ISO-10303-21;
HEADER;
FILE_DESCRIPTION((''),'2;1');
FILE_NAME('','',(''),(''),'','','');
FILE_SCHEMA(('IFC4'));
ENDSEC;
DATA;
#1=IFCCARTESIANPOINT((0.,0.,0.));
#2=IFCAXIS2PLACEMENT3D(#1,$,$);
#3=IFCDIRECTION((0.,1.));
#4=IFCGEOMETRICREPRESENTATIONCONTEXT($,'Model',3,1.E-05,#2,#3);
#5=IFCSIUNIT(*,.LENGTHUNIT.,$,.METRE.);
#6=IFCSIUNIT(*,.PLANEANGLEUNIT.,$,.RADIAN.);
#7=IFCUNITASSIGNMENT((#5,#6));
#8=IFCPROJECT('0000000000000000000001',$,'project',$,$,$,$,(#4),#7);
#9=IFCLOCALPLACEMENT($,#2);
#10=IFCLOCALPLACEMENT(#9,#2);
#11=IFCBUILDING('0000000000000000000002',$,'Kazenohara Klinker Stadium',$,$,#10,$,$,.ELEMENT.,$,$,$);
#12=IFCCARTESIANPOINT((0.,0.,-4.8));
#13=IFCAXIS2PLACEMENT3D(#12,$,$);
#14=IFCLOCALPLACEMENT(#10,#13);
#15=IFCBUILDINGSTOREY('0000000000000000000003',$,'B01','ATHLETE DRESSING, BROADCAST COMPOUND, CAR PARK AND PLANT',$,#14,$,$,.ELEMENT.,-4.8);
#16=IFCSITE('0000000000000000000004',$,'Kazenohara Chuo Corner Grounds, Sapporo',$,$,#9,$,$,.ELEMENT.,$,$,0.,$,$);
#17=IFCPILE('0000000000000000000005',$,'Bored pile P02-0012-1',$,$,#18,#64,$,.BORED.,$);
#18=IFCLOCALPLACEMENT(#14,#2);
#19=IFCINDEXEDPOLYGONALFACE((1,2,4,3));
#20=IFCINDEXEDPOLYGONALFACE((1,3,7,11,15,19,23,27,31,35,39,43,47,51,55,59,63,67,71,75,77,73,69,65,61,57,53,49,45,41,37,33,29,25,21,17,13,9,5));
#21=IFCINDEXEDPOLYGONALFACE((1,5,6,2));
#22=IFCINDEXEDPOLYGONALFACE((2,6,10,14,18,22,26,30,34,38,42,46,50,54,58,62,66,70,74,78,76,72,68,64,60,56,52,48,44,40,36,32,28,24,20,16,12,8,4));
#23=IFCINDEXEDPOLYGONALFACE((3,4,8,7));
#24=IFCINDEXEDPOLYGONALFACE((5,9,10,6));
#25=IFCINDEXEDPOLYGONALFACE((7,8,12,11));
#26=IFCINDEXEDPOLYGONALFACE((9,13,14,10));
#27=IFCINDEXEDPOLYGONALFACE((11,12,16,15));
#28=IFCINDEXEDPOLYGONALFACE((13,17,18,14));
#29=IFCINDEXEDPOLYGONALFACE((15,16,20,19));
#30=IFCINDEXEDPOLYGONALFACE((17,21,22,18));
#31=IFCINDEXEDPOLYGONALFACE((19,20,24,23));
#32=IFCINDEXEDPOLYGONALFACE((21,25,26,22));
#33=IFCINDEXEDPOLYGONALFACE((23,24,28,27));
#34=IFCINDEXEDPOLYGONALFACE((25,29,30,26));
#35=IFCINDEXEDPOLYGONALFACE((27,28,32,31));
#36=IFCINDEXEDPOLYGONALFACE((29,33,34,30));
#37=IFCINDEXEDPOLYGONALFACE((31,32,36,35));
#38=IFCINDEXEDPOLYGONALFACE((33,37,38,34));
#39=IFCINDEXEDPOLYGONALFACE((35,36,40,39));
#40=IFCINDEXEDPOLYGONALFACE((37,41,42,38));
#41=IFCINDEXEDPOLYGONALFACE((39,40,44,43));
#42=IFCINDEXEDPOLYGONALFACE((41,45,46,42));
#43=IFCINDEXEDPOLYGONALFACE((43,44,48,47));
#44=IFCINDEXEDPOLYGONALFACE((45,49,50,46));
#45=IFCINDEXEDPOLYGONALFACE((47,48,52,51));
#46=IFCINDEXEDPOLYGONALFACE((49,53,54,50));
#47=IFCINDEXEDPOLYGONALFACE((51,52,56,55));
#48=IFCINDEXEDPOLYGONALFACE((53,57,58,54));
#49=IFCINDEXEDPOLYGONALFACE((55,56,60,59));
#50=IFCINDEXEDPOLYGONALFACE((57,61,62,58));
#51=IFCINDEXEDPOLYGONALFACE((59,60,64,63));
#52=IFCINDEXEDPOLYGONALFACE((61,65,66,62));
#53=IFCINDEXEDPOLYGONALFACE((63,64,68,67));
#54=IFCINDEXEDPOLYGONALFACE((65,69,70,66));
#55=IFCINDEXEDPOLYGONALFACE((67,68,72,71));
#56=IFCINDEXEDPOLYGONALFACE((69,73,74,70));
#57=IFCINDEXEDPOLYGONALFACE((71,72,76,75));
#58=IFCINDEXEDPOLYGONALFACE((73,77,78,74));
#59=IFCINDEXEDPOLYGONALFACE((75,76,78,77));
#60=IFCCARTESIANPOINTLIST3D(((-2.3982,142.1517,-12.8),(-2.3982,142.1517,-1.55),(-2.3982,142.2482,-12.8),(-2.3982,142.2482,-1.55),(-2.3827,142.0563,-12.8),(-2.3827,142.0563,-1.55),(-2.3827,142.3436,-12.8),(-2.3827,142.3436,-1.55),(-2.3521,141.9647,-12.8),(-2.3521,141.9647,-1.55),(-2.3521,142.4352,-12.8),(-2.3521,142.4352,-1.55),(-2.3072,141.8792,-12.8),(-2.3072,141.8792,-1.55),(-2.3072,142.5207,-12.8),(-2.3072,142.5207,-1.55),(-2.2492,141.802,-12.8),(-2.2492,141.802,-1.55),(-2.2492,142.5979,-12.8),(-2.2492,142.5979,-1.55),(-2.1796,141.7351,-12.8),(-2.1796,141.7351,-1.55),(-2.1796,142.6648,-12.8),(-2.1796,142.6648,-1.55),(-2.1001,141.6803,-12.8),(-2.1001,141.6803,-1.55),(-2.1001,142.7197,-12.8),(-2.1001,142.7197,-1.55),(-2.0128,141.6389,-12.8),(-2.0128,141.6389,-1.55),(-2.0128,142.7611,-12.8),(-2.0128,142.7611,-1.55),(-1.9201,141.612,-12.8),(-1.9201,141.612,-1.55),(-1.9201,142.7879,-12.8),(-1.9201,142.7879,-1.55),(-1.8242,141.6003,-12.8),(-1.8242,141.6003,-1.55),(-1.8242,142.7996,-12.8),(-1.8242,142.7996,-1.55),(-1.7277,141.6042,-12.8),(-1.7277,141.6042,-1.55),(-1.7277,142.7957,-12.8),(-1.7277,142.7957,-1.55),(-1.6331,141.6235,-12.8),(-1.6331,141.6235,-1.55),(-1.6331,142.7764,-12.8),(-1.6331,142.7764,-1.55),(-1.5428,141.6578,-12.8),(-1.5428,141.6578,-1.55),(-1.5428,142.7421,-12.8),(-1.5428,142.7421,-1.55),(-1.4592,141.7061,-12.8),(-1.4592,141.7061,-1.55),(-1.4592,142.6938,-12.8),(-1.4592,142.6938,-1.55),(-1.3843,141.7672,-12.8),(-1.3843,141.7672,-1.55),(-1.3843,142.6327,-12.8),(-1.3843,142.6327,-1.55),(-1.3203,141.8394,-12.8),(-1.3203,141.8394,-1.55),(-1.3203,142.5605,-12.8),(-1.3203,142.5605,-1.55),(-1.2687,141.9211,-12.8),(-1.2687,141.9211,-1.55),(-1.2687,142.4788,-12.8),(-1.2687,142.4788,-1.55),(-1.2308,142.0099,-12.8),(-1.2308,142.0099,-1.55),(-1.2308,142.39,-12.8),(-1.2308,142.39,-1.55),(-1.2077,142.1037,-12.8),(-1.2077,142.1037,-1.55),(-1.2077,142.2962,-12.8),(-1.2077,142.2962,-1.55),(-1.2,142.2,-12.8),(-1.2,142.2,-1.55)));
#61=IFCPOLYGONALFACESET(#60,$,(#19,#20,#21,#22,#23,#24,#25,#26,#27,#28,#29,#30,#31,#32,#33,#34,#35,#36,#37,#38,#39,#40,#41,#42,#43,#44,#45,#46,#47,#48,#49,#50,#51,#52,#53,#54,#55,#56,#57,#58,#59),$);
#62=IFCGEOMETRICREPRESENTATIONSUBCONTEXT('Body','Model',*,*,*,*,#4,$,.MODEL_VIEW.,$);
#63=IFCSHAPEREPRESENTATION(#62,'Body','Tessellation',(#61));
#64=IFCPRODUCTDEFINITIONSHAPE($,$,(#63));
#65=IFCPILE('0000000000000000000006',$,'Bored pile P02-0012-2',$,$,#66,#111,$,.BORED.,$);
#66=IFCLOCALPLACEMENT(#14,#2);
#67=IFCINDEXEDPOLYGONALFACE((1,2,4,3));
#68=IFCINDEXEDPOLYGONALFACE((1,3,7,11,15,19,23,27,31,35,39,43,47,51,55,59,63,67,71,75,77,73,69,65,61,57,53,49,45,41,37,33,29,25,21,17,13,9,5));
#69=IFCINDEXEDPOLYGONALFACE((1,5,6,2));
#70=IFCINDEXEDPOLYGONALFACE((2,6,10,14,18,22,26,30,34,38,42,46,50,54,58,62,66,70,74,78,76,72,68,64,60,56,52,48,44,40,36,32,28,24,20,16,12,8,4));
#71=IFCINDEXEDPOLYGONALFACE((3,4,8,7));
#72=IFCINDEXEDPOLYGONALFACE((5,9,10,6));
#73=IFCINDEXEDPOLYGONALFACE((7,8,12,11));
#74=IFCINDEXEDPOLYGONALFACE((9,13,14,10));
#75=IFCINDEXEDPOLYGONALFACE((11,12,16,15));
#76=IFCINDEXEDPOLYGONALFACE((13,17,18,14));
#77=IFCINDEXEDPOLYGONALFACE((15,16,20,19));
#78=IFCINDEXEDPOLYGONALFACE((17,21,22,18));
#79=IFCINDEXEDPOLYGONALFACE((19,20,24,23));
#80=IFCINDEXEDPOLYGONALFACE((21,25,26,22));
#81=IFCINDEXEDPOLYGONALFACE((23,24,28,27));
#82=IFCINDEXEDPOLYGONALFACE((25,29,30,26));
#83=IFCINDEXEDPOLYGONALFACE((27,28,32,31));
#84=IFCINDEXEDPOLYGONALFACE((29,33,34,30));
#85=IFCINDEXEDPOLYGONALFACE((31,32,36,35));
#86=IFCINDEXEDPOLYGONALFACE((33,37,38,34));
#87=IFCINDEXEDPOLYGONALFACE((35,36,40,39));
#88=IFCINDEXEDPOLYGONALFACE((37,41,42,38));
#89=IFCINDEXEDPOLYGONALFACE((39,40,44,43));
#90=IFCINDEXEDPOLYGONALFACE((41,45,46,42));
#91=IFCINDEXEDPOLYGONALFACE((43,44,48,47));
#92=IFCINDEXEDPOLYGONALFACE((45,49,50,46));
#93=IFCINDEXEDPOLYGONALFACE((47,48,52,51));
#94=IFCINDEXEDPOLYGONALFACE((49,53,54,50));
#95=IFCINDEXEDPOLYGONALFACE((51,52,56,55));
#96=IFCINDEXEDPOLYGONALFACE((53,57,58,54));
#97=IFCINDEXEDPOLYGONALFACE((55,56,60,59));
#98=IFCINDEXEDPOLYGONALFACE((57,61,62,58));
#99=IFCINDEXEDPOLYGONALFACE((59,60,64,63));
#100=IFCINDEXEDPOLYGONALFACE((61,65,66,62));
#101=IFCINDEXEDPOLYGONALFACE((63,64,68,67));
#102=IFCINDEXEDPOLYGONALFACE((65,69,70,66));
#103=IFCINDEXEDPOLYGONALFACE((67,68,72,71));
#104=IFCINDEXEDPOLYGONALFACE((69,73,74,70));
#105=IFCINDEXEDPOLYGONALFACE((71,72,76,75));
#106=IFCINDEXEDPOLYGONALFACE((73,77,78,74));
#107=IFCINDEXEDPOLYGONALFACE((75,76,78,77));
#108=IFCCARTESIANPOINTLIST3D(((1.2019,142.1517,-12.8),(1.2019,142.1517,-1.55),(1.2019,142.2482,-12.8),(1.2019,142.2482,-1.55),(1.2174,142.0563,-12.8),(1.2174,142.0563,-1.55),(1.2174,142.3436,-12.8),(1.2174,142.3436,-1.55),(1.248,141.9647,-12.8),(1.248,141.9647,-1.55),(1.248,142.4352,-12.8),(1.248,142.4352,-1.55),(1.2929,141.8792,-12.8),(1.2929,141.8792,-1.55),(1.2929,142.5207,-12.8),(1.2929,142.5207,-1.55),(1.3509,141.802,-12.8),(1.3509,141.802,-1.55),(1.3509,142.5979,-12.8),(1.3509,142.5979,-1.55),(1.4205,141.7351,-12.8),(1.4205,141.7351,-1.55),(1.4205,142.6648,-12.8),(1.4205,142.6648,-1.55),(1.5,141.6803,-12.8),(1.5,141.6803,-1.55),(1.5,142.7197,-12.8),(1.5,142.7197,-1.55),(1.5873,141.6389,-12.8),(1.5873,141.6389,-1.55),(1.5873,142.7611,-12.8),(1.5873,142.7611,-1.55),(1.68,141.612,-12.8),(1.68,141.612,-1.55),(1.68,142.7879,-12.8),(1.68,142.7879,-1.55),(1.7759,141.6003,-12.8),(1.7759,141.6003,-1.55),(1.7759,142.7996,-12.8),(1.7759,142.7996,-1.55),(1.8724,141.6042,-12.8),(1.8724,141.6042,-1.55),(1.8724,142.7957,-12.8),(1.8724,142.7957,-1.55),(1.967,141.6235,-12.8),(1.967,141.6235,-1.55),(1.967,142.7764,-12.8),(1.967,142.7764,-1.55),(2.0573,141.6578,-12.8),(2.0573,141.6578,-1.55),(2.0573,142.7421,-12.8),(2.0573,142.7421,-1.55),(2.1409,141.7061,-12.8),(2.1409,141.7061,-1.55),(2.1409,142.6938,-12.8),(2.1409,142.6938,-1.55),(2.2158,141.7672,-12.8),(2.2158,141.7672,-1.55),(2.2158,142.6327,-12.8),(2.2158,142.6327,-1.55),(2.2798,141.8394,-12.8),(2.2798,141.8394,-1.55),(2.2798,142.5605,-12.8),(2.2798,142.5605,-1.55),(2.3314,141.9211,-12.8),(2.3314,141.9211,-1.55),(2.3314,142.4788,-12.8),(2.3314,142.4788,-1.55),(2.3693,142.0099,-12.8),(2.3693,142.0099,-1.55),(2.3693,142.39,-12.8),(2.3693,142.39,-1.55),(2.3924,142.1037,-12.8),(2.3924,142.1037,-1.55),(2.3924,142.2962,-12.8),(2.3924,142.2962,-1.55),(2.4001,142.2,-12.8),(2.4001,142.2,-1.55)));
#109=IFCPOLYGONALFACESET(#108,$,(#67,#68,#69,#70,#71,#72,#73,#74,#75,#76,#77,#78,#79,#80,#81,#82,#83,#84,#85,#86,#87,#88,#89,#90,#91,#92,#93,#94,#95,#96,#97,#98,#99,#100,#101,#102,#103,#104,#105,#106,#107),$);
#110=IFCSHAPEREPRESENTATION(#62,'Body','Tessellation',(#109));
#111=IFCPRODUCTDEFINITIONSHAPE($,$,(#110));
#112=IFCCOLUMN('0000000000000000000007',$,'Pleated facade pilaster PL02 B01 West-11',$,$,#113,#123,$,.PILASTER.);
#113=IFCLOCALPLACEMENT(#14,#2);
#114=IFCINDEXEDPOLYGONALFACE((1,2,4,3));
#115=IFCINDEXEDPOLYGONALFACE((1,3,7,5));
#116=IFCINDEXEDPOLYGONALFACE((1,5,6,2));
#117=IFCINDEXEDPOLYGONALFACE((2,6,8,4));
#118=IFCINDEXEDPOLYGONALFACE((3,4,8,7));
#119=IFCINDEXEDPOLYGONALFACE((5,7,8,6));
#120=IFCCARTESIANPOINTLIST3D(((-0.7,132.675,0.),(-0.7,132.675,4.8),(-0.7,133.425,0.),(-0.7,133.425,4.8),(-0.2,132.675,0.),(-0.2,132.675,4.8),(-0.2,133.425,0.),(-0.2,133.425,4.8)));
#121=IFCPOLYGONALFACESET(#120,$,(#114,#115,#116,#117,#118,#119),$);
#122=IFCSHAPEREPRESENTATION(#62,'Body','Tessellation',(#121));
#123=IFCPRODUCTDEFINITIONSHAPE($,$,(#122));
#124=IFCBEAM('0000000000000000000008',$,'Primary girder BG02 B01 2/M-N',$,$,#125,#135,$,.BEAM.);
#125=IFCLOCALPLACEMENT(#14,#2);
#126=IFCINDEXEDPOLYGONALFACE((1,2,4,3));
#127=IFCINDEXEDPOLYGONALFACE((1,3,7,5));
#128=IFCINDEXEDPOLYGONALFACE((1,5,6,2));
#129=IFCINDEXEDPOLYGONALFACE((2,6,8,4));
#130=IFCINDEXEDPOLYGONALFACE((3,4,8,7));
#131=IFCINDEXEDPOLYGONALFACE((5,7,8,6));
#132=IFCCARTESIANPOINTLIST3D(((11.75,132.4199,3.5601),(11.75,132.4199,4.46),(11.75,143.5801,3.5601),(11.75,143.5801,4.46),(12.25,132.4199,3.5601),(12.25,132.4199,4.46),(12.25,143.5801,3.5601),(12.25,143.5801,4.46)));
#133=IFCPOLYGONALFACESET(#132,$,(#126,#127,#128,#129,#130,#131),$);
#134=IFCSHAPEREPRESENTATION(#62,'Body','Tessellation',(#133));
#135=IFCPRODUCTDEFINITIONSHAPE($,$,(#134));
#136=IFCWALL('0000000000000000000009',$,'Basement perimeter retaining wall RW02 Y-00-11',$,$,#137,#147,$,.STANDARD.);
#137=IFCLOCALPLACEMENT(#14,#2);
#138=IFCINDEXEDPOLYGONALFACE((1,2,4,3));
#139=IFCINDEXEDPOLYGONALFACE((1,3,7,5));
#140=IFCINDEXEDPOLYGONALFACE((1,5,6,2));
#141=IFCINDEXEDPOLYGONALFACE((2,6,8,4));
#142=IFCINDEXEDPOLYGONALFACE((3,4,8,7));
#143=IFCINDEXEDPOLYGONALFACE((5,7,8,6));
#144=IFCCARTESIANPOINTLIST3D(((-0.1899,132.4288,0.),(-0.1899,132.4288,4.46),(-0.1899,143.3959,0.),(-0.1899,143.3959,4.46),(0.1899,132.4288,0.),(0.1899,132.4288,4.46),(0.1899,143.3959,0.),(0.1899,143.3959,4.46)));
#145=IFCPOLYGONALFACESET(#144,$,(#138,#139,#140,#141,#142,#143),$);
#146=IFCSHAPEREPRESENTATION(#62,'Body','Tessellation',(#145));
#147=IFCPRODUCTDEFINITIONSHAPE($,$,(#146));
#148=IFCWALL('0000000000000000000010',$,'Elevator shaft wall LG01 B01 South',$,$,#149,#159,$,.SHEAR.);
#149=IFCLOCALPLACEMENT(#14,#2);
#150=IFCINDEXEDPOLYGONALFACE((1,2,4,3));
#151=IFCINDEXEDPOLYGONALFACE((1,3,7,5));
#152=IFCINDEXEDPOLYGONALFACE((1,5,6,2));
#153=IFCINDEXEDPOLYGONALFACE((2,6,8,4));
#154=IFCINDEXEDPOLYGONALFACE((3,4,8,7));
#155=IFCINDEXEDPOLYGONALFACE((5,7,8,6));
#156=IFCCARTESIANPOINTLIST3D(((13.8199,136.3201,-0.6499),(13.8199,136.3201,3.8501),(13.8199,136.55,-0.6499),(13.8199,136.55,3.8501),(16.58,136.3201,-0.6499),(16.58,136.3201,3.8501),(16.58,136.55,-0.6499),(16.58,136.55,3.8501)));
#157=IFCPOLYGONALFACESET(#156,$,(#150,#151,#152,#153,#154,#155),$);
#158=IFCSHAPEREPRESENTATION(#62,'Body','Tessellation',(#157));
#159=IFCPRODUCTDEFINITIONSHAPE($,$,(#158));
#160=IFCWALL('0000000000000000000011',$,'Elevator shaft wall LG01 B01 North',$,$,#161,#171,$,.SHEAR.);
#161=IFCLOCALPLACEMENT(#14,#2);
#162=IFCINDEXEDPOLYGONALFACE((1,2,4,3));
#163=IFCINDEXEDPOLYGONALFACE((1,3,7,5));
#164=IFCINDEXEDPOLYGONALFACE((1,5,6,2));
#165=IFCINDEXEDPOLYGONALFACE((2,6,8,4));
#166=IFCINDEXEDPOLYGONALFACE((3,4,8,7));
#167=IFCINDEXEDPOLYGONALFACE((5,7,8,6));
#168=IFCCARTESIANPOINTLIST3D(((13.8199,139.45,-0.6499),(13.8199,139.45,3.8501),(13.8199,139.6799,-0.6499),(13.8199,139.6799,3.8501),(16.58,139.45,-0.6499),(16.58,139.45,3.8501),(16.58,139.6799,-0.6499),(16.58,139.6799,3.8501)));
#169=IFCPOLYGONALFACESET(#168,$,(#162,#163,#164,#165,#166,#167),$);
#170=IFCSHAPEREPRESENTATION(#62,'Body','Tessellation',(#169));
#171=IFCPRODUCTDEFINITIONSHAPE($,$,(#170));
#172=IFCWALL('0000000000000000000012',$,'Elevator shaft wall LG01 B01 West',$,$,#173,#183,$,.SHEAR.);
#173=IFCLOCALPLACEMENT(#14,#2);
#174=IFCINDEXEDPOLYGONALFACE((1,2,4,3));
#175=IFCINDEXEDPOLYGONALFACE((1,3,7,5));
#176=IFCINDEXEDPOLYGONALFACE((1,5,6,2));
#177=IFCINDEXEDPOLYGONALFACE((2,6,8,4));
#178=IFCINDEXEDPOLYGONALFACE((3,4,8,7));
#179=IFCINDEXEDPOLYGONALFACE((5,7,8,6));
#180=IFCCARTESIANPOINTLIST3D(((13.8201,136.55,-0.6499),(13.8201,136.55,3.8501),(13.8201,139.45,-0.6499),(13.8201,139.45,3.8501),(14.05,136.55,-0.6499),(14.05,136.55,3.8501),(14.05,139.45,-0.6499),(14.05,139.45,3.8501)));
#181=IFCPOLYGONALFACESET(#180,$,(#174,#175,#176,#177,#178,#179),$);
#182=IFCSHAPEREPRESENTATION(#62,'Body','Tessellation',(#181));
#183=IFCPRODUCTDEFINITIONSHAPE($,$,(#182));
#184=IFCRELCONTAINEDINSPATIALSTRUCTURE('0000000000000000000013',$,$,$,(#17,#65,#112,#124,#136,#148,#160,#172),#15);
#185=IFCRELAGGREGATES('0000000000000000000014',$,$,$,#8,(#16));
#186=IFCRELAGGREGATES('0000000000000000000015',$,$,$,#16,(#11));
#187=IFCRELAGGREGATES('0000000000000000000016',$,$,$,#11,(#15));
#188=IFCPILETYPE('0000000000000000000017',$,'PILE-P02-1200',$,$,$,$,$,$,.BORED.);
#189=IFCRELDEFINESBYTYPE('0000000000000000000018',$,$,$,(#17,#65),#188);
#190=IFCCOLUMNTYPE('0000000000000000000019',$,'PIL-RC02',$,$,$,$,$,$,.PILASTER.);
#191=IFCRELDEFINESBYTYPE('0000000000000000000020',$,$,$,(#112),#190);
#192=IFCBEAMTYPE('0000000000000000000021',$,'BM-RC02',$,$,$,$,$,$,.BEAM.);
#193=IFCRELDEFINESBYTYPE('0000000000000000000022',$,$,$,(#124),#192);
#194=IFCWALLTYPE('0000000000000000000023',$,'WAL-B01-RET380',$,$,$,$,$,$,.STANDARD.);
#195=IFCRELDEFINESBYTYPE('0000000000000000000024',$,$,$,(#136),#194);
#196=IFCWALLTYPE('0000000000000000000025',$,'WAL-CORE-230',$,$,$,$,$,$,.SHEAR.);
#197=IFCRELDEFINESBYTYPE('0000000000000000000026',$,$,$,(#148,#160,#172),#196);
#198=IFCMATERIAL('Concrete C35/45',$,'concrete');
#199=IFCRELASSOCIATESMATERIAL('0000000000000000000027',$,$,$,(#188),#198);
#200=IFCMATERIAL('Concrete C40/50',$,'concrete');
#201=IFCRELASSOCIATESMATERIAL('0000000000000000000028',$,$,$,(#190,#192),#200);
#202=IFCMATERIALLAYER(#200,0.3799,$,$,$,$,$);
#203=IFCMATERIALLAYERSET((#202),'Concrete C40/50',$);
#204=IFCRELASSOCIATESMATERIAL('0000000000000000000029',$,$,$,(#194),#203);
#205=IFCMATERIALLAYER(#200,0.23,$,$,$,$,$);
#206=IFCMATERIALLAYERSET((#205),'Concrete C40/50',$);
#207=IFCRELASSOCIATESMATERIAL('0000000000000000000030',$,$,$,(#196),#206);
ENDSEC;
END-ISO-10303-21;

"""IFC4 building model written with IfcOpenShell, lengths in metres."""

from ifc_helpers import new_model, si_unit, direction, frame, frame_2d, origin, origin_2d, place, context, subcontext, project, spatial, rectangle, circle, extrude, material, layer, layer_set, material_profile, profile_set, type_object, element, save


model = new_model("IFC4")

# Units and contexts
model_context = context("Model", 3, precision=1e-05, world=origin(), true_north=direction((0.0, 1.0)))
body_context = subcontext(model_context, "Body", "Model", "MODEL_VIEW")
ifc_project = project(units=[si_unit("LENGTHUNIT", "METRE"), si_unit("PLANEANGLEUNIT", "RADIAN")], contexts=[model_context])

# Site, building, storey
site_placement = place(None, origin())
site = spatial("IfcSite", under=ifc_project, at=site_placement, Name="Kazenohara Chuo Corner Grounds, Sapporo", CompositionType="ELEMENT", RefElevation=0.0)
building_placement = place(site_placement, origin())
building = spatial("IfcBuilding", under=site, at=building_placement, Name="Kazenohara Klinker Stadium", CompositionType="ELEMENT")
storey_placement = place(building_placement, frame((0.0, 0.0, -4.8)))
storey = spatial("IfcBuildingStorey", under=building, at=storey_placement, Name="B01", Description="ATHLETE DRESSING, BROADCAST COMPOUND, CAR PARK AND PLANT", CompositionType="ELEMENT", Elevation=-4.8)

# Piles
ifc_material_1 = material(Name="Concrete C35/45", Category="concrete")
ifc_material_profile_1 = material_profile(ifc_material_1, circle(Radius=0.6001, at=origin_2d()), Name="BORED-PILE-1200")
ifc_profile_set_1 = profile_set([ifc_material_profile_1], Name="Concrete C35/45")
pile_type = type_object("IfcPileType", Name="PILE-P02-1200", PredefinedType="BORED", material=ifc_profile_set_1)
for number, where, z_axis, x_axis, name in (
    (1, (-1.8, 142.2, -1.55), (0.0, 0.0, -1.0), (1.0, 0.0, 0.0), "Bored pile P02-0012-1"),
    (2, (1.8, 142.2, -1.55), (0.0, 0.0, -1.0), (1.0, 0.0, 0.0), "Bored pile P02-0012-2"),
):
    element("IfcPile", number, at=place(storey_placement, frame(where, z_axis=z_axis, x_axis=x_axis)), inside=storey, type_object=pile_type, Name=name, PredefinedType="BORED", context=body_context, shape_type="SweptSolid", body=[
        extrude(circle(Radius=0.6001, at=origin_2d()), origin(), (0.0, 0.0, 1.0), 11.25),
    ])

# Column
ifc_material_2 = material(Name="Concrete C40/50", Category="concrete")
ifc_material_profile_2 = material_profile(ifc_material_2, rectangle(XDim=0.5, YDim=0.75, at=origin_2d()), Name="RC-PILASTER-500x750")
ifc_profile_set_2 = profile_set([ifc_material_profile_2], Name="Concrete C40/50")
column_type = type_object("IfcColumnType", Name="PIL-RC02", PredefinedType="PILASTER", material=ifc_profile_set_2)
column_placement = place(storey_placement, frame((-0.45, 133.05, 0.0), z_axis=(0.0, 0.0, 1.0), x_axis=(1.0, 0.0, 0.0)))
element("IfcColumn", 3, at=column_placement, inside=storey, type_object=column_type, Name="Pleated facade pilaster PL02 B01 West-11", PredefinedType="PILASTER", context=body_context, shape_type="SweptSolid", body=[
    extrude(rectangle(XDim=0.5, YDim=0.75, at=origin_2d()), origin(), (0.0, 0.0, 1.0), 4.8),
])

# Beam
ifc_material_profile_3 = material_profile(ifc_material_2, rectangle(XDim=0.5, YDim=0.8999, at=origin_2d()), Name="RC-BM-500x900")
ifc_profile_set_3 = profile_set([ifc_material_profile_3], Name="Concrete C40/50")
beam_type = type_object("IfcBeamType", Name="BM-RC02", PredefinedType="BEAM", material=ifc_profile_set_3)
beam_placement = place(storey_placement, frame((12.0, 132.4199, 4.01), z_axis=(0.0, 1.0, 0.0), x_axis=(-1.0, 0.0, 0.0)))
element("IfcBeam", 4, at=beam_placement, inside=storey, type_object=beam_type, Name="Primary girder BG02 B01 2/M-N", PredefinedType="BEAM", context=body_context, shape_type="SweptSolid", body=[
    extrude(rectangle(XDim=0.5, YDim=0.8999, at=origin_2d()), origin(), (0.0, 0.0, 1.0), 11.1602),
])

# Walls
ifc_layer_1 = layer(ifc_material_2, 0.3799)
ifc_layer_set_1 = layer_set([ifc_layer_1], Name="Concrete C40/50")
wall_type_1 = type_object("IfcWallType", Name="WAL-B01-RET380", PredefinedType="STANDARD", material=ifc_layer_set_1)
wall_1_placement = place(storey_placement, frame((0.0, 132.429, 0.0), z_axis=(0.0, 0.0, 1.0), x_axis=(0.0, 1.0, 0.0)))
element("IfcWall", 5, at=wall_1_placement, inside=storey, type_object=wall_type_1, Name="Basement perimeter retaining wall RW02 Y-00-11", PredefinedType="STANDARD", context=body_context, shape_type="SweptSolid", body=[
    extrude(rectangle(XDim=10.967, YDim=0.3799, at=frame_2d((5.4834, 0.0))), origin(), (0.0, 0.0, 1.0), 4.46),
])
ifc_layer_2 = layer(ifc_material_2, 0.23)
ifc_layer_set_2 = layer_set([ifc_layer_2], Name="Concrete C40/50")
wall_type_2 = type_object("IfcWallType", Name="WAL-CORE-230", PredefinedType="SHEAR", material=ifc_layer_set_2)
for number, where, z_axis, x_axis, name in (
    (6, (13.8201, 136.4351, -0.6499), (0.0, 0.0, 1.0), (1.0, 0.0, 0.0), "Elevator shaft wall LG01 B01 South"),
    (7, (13.8201, 139.5649, -0.6499), (0.0, 0.0, 1.0), (1.0, 0.0, 0.0), "Elevator shaft wall LG01 B01 North"),
):
    element("IfcWall", number, at=place(storey_placement, frame(where, z_axis=z_axis, x_axis=x_axis)), inside=storey, type_object=wall_type_2, Name=name, PredefinedType="SHEAR", context=body_context, shape_type="SweptSolid", body=[
        extrude(rectangle(XDim=2.76, YDim=0.23, at=frame_2d((1.3799, 0.0))), origin(), (0.0, 0.0, 1.0), 4.5),
    ])
wall_2_placement = place(storey_placement, frame((13.9351, 136.55, -0.6499), z_axis=(0.0, 0.0, 1.0), x_axis=(0.0, 1.0, 0.0)))
element("IfcWall", 8, at=wall_2_placement, inside=storey, type_object=wall_type_2, Name="Elevator shaft wall LG01 B01 West", PredefinedType="SHEAR", context=body_context, shape_type="SweptSolid", body=[
    extrude(rectangle(XDim=2.8999, YDim=0.23, at=frame_2d((1.45, 0.0))), origin(), (0.0, 0.0, 1.0), 4.5),
])

save(model, "model.ifc")
